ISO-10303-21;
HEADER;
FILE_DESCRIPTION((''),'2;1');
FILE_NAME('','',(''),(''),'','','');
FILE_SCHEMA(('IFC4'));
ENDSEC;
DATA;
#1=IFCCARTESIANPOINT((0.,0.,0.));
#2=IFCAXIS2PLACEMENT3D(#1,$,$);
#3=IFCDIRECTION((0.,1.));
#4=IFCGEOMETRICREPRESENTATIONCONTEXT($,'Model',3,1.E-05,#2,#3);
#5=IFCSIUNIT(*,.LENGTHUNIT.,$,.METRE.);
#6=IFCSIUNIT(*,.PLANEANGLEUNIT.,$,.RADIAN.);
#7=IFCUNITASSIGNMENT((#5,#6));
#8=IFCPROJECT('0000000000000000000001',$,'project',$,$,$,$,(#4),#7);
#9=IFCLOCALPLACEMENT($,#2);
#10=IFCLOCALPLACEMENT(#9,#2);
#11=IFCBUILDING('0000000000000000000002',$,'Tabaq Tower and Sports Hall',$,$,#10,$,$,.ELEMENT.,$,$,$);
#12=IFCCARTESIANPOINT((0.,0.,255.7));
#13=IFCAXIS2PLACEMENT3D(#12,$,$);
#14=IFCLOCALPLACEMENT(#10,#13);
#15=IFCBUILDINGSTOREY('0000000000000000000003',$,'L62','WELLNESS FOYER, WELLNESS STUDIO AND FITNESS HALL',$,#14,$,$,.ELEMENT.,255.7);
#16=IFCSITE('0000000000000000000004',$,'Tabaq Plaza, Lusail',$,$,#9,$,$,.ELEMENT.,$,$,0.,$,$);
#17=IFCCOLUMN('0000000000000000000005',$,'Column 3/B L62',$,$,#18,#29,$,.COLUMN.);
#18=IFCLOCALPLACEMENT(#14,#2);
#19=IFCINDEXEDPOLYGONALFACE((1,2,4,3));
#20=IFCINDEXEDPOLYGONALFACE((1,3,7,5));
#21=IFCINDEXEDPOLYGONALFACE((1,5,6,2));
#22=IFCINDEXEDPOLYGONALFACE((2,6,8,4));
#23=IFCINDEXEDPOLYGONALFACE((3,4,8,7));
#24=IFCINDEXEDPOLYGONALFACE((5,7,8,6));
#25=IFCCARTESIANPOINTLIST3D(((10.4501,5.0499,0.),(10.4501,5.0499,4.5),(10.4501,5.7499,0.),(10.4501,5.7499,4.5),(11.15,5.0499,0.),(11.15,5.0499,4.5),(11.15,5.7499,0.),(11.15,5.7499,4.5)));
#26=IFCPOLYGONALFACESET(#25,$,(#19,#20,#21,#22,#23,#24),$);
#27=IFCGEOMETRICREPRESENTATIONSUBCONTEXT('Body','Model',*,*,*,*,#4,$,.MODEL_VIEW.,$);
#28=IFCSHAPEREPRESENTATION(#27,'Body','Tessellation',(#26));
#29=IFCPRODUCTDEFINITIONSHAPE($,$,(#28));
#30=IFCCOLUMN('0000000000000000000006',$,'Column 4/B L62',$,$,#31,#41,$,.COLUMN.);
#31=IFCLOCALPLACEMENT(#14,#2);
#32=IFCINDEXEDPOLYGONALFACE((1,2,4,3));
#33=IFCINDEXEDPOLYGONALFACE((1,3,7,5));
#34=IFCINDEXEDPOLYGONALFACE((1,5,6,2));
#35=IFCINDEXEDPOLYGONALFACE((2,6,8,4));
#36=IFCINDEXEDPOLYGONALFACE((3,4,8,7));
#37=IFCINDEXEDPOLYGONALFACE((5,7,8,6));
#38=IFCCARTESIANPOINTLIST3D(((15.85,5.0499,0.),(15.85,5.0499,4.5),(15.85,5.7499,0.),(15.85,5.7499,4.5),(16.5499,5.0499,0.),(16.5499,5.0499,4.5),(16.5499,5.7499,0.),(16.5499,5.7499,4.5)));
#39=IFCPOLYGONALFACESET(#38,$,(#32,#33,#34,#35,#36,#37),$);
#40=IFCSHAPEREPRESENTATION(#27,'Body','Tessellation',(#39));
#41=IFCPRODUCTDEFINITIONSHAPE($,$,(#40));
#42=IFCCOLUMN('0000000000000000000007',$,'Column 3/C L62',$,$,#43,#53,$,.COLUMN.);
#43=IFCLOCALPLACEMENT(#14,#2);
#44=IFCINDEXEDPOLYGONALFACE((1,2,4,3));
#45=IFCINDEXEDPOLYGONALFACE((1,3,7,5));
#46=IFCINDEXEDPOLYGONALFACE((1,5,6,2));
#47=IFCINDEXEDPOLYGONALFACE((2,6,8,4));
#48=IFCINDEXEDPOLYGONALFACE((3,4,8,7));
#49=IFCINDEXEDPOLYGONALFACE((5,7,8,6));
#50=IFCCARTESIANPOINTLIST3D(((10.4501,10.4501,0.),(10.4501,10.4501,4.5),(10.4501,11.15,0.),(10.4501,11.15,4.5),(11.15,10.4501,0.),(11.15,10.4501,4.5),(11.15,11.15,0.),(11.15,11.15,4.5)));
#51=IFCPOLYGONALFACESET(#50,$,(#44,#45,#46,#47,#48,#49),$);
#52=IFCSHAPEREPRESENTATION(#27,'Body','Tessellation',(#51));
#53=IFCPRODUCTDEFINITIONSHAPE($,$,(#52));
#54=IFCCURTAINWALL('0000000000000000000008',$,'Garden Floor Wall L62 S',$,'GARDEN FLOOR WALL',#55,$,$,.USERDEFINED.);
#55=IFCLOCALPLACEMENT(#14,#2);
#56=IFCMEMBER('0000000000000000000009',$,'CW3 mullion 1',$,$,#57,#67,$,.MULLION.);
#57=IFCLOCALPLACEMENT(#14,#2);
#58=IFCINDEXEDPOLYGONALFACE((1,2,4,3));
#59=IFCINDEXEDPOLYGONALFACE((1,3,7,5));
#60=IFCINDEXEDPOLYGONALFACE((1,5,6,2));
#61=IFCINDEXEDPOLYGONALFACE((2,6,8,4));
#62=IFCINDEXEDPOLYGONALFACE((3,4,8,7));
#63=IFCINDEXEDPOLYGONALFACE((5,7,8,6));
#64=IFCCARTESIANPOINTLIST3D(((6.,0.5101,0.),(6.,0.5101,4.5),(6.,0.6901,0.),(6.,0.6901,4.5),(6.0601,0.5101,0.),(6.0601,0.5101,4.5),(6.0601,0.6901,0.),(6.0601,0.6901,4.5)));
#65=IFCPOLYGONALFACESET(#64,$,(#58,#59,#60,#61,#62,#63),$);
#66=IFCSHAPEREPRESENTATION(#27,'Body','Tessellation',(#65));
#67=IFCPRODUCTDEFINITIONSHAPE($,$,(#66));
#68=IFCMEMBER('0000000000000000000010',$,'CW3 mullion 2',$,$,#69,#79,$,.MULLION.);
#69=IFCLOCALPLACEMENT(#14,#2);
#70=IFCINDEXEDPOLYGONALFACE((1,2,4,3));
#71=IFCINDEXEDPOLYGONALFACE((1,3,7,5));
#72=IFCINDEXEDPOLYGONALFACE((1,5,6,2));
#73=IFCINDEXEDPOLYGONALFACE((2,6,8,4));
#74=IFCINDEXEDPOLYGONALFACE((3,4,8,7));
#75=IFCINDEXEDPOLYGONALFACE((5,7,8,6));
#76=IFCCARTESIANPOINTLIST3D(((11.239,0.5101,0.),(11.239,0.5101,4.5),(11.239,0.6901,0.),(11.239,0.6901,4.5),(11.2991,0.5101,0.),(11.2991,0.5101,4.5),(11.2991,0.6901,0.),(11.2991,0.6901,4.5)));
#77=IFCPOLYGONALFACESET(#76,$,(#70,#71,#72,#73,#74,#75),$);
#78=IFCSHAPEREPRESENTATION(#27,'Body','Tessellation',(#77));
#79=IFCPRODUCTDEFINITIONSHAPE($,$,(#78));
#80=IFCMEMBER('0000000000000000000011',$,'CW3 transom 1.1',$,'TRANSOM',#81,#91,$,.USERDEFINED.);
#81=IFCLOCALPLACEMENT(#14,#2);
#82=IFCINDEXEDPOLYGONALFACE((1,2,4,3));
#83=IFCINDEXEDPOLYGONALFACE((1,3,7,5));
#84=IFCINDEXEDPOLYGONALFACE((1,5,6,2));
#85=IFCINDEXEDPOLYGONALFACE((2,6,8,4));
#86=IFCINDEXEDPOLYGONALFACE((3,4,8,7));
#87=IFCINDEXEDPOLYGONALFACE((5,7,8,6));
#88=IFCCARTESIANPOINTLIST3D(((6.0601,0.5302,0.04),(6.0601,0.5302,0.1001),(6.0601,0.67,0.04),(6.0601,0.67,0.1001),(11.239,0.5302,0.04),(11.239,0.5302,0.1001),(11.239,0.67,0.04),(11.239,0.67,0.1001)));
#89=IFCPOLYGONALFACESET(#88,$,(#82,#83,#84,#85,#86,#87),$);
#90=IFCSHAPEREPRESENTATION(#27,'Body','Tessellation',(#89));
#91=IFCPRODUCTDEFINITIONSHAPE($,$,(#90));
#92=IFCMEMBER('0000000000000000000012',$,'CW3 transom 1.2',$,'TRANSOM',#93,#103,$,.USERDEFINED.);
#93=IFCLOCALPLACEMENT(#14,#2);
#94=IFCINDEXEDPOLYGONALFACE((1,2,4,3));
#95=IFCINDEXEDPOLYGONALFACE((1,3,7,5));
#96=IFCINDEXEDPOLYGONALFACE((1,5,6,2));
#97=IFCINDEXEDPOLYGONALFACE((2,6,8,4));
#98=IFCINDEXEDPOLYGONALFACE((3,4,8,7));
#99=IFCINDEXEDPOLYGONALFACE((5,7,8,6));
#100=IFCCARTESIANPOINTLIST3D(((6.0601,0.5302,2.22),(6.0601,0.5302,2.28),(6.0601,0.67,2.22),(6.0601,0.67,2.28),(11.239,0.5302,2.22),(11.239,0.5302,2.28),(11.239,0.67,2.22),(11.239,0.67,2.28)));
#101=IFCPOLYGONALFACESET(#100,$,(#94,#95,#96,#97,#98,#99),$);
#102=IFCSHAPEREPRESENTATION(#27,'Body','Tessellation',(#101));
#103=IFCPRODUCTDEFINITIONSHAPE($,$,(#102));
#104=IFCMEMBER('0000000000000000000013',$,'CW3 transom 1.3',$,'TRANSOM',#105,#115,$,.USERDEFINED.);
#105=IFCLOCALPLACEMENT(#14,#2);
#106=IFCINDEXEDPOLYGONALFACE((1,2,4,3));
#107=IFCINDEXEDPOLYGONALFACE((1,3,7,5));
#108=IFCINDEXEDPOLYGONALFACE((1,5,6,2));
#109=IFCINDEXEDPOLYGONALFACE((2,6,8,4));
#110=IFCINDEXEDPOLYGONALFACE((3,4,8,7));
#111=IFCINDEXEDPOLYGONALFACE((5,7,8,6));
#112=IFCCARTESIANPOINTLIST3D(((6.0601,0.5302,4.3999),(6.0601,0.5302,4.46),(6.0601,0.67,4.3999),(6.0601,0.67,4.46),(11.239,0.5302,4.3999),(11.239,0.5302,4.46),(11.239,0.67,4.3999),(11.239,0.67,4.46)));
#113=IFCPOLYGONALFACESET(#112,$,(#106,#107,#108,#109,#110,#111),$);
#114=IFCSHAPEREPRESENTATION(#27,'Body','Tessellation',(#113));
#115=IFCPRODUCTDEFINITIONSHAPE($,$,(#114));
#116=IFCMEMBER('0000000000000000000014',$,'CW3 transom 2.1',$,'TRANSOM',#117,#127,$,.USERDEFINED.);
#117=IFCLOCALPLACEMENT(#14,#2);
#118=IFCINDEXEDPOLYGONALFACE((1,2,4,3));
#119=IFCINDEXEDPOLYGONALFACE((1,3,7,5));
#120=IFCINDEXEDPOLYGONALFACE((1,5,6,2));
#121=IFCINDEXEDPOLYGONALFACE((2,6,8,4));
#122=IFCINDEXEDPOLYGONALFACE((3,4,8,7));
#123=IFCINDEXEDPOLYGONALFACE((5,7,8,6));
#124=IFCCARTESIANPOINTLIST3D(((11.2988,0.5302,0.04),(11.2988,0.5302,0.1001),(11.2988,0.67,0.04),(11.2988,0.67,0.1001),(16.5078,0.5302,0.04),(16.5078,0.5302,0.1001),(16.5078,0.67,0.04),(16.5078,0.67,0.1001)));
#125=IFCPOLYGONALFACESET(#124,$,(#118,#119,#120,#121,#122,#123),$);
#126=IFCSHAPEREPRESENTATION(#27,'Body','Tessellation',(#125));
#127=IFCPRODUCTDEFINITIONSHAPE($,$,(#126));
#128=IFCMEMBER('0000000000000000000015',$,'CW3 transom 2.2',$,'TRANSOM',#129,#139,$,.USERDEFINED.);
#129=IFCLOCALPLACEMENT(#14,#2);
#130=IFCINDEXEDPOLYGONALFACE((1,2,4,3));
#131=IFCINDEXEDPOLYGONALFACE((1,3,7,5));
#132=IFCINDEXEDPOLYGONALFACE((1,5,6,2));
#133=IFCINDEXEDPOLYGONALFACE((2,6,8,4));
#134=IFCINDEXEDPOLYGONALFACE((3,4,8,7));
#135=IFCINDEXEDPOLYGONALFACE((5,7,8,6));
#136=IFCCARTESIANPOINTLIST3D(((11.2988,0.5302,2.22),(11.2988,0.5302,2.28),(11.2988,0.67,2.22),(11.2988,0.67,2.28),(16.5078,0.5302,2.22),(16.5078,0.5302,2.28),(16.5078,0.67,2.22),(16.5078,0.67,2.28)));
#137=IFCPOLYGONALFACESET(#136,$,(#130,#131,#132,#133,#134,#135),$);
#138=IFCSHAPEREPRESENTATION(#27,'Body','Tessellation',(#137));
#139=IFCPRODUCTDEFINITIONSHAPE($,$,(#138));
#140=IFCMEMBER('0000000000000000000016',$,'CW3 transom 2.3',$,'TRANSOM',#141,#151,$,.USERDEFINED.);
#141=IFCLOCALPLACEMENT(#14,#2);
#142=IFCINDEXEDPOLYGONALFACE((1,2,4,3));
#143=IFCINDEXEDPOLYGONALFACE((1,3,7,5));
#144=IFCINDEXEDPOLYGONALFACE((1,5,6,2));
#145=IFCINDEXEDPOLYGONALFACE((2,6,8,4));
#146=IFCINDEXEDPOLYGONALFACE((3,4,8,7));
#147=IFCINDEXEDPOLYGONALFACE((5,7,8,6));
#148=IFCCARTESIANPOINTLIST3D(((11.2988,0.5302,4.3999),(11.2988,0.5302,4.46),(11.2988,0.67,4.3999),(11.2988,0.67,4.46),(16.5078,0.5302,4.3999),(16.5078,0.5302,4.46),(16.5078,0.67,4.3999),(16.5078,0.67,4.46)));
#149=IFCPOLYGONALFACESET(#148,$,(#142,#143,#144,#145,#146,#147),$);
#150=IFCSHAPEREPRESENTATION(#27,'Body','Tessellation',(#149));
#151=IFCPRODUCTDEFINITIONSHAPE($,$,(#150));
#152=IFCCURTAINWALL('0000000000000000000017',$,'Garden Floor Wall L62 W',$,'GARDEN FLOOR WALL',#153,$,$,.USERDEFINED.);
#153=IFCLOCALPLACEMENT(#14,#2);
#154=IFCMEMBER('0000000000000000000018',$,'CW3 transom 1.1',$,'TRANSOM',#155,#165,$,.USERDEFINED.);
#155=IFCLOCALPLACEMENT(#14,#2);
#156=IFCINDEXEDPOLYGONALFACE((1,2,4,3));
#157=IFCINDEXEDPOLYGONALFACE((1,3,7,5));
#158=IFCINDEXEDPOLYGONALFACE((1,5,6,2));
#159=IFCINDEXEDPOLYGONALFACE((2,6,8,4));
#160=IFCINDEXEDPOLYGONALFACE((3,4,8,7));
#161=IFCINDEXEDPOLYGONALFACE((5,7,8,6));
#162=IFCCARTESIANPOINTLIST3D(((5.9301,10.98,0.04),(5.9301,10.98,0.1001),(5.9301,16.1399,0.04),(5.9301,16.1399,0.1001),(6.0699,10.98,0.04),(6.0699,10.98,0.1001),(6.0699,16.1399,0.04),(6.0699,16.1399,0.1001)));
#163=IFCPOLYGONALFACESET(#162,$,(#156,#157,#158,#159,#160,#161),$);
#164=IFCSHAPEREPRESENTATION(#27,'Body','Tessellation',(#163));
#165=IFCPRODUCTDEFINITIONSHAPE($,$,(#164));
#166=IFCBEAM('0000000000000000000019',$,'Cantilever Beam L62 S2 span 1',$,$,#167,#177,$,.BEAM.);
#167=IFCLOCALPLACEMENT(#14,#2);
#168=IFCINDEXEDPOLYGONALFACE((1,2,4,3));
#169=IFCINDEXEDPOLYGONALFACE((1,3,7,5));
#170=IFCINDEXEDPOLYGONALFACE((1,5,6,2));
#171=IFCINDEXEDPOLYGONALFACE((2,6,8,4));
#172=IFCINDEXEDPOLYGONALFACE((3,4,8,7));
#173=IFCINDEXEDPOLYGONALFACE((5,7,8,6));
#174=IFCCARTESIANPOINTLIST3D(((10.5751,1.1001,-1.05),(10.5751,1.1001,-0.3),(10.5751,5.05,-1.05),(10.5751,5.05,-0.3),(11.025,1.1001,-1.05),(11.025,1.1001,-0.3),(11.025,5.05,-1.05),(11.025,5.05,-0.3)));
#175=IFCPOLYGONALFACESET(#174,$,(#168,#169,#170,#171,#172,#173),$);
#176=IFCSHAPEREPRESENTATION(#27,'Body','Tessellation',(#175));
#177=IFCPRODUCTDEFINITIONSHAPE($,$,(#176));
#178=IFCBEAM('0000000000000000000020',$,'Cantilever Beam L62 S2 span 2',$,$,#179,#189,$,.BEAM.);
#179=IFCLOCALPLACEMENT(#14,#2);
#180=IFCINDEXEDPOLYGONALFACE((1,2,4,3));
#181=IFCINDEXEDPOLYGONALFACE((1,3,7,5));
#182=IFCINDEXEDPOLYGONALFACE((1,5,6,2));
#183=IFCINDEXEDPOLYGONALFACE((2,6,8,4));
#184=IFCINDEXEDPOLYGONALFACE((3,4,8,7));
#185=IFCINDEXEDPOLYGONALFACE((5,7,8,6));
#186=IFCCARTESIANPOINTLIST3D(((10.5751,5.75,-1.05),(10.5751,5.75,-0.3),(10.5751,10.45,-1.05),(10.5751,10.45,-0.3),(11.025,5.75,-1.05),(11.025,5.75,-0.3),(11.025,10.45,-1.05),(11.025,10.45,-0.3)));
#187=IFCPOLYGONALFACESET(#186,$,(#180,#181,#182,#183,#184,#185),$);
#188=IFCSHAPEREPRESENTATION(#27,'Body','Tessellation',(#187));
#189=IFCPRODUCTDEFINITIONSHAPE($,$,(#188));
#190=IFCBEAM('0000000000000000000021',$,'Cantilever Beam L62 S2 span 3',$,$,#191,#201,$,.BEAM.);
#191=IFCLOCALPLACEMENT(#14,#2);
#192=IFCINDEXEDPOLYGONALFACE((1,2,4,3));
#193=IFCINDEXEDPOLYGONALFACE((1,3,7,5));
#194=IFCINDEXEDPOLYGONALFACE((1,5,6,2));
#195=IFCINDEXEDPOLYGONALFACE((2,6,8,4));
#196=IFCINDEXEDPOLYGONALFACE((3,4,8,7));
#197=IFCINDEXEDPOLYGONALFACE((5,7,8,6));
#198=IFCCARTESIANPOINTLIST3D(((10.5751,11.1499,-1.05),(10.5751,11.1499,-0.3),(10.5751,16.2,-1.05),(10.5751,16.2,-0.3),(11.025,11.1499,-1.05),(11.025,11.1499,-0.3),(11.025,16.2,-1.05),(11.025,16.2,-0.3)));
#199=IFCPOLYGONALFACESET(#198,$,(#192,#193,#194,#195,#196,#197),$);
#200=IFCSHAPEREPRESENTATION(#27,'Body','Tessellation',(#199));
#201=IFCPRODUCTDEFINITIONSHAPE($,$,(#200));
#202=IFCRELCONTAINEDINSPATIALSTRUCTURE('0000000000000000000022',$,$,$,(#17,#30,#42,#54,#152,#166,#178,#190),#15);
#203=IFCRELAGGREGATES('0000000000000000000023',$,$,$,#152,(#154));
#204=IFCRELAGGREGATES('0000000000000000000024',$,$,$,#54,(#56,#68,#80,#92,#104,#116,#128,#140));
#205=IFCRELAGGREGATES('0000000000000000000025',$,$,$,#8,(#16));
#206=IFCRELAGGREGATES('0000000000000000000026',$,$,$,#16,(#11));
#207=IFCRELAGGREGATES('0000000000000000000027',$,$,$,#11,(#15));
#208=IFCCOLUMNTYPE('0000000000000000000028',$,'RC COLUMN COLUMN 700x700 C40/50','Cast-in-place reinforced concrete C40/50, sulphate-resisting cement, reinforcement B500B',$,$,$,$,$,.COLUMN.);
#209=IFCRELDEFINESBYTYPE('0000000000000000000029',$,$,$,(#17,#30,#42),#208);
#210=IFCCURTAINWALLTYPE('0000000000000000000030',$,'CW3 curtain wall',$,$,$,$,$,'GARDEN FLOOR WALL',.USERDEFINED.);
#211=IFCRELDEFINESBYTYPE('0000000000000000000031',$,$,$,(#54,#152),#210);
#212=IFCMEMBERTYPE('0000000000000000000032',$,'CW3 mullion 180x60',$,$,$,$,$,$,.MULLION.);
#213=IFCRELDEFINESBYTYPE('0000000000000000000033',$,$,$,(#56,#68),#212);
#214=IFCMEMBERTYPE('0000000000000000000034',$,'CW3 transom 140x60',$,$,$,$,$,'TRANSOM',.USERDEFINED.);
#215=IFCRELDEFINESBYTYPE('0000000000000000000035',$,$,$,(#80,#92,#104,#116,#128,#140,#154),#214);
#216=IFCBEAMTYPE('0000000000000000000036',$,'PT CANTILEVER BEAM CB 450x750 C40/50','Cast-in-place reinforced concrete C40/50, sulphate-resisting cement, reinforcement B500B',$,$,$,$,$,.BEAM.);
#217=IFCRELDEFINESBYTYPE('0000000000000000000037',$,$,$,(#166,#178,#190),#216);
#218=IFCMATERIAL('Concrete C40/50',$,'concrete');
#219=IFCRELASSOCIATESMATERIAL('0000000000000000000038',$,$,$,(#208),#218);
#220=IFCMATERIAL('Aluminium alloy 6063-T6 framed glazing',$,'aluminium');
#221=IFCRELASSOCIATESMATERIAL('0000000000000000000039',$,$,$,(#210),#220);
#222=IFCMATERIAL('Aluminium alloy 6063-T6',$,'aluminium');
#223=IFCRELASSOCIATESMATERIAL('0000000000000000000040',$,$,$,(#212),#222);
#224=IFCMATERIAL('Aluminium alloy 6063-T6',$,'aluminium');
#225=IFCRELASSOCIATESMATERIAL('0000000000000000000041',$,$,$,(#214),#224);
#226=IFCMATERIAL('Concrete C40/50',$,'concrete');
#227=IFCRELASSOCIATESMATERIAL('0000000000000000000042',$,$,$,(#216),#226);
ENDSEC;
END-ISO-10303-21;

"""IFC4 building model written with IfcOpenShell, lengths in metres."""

from ifc_helpers import new_model, si_unit, direction, frame, origin, origin_2d, place, context, subcontext, project, spatial, rectangle, extrude, material, material_profile, profile_set, type_object, element, aggregate, save


model = new_model("IFC4")

# Units and contexts
model_context = context("Model", 3, precision=1e-05, world=origin(), true_north=direction((0.0, 1.0)))
body_context = subcontext(model_context, "Body", "Model", "MODEL_VIEW")
ifc_project = project(units=[si_unit("LENGTHUNIT", "METRE"), si_unit("PLANEANGLEUNIT", "RADIAN")], contexts=[model_context])

# Site, building, storey
site_placement = place(None, origin())
site = spatial("IfcSite", under=ifc_project, at=site_placement, Name="Tabaq Plaza, Lusail", CompositionType="ELEMENT", RefElevation=0.0)
building_placement = place(site_placement, origin())
building = spatial("IfcBuilding", under=site, at=building_placement, Name="Tabaq Tower and Sports Hall", CompositionType="ELEMENT")
storey_placement = place(building_placement, frame((0.0, 0.0, 255.7)))
storey = spatial("IfcBuildingStorey", under=building, at=storey_placement, Name="L62", Description="WELLNESS FOYER, WELLNESS STUDIO AND FITNESS HALL", CompositionType="ELEMENT", Elevation=255.7)

# Columns
ifc_material_1 = material(Name="Concrete C40/50", Category="concrete")
ifc_material_profile_1 = material_profile(ifc_material_1, rectangle(XDim=0.7, YDim=0.7, at=origin_2d()), Name="COLUMN 700x700")
ifc_profile_set_1 = profile_set([ifc_material_profile_1], Name="Concrete C40/50")
column_type = type_object("IfcColumnType", Name="RC COLUMN COLUMN 700x700 C40/50", Description="Cast-in-place reinforced concrete C40/50, sulphate-resisting cement, reinforcement B500B", PredefinedType="COLUMN", material=ifc_profile_set_1)
for number, where, z_axis, x_axis, name in (
    (1, (10.8, 5.3999, 0.0), (0.0, 0.0, 1.0), (1.0, 0.0, 0.0), "Column 3/B L62"),
    (2, (16.2, 5.3999, 0.0), (0.0, 0.0, 1.0), (1.0, 0.0, 0.0), "Column 4/B L62"),
    (3, (10.8, 10.8, 0.0), (0.0, 0.0, 1.0), (1.0, 0.0, 0.0), "Column 3/C L62"),
):
    element("IfcColumn", number, at=place(storey_placement, frame(where, z_axis=z_axis, x_axis=x_axis)), inside=storey, type_object=column_type, Name=name, PredefinedType="COLUMN", context=body_context, shape_type="SweptSolid", body=[
        extrude(rectangle(XDim=0.7, YDim=0.7, at=origin_2d()), origin(), (0.0, 0.0, 1.0), 4.5),
    ])

# Curtain wall, members
ifc_material_2 = material(Name="Aluminium alloy 6063-T6 framed glazing", Category="aluminium")
curtain_wall_type = type_object("IfcCurtainWallType", Name="CW3 curtain wall", ElementType="GARDEN FLOOR WALL", PredefinedType="USERDEFINED", material=ifc_material_2)
curtain_wall_1_placement = place(storey_placement, origin())
curtain_wall_1 = element("IfcCurtainWall", 4, at=curtain_wall_1_placement, inside=storey, type_object=curtain_wall_type, Name="Garden Floor Wall L62 S", ObjectType="GARDEN FLOOR WALL", PredefinedType="USERDEFINED")
ifc_material_3 = material(Name="Aluminium alloy 6063-T6", Category="aluminium")
ifc_material_profile_2 = material_profile(ifc_material_3, rectangle(XDim=0.1799, YDim=0.0601, at=origin_2d()), Name="MULLION 180x60")
ifc_profile_set_2 = profile_set([ifc_material_profile_2], Name="Aluminium alloy 6063-T6")
member_type_1 = type_object("IfcMemberType", Name="CW3 mullion 180x60", PredefinedType="MULLION", material=ifc_profile_set_2)
member_1_placement = place(storey_placement, frame((6.03, 0.6001, 0.0), z_axis=(0.0, 0.0, 1.0), x_axis=(0.0, 1.0, 0.0)))
member_1 = element("IfcMember", 5, at=member_1_placement, type_object=member_type_1, Name="CW3 mullion 1", PredefinedType="MULLION", context=body_context, shape_type="SweptSolid", body=[
    extrude(rectangle(XDim=0.1799, YDim=0.0601, at=origin_2d()), origin(), (0.0, 0.0, 1.0), 4.5),
])
member_2_placement = place(storey_placement, frame((11.269, 0.6001, 0.0), z_axis=(0.0, 0.0, 1.0), x_axis=(0.0, 1.0, 0.0)))
member_2 = element("IfcMember", 6, at=member_2_placement, type_object=member_type_1, Name="CW3 mullion 2", PredefinedType="MULLION", context=body_context, shape_type="SweptSolid", body=[
    extrude(rectangle(XDim=0.1799, YDim=0.0601, at=origin_2d()), origin(), (0.0, 0.0, 1.0), 4.5),
])
ifc_material_4 = material(Name="Aluminium alloy 6063-T6", Category="aluminium")
ifc_material_profile_3 = material_profile(ifc_material_4, rectangle(XDim=0.1399, YDim=0.0601, at=origin_2d()), Name="TRANSOM 140x60")
ifc_profile_set_3 = profile_set([ifc_material_profile_3], Name="Aluminium alloy 6063-T6")
member_type_2 = type_object("IfcMemberType", Name="CW3 transom 140x60", ElementType="TRANSOM", PredefinedType="USERDEFINED", material=ifc_profile_set_3)
member_3_placement = place(storey_placement, frame((6.0601, 0.6001, 0.0701), z_axis=(1.0, 0.0, 0.0), x_axis=(0.0, 1.0, 0.0)))
member_3 = element("IfcMember", 7, at=member_3_placement, type_object=member_type_2, Name="CW3 transom 1.1", ObjectType="TRANSOM", PredefinedType="USERDEFINED", context=body_context, shape_type="SweptSolid", body=[
    extrude(rectangle(XDim=0.1399, YDim=0.0601, at=origin_2d()), origin(), (0.0, 0.0, 1.0), 5.179),
])
member_4_placement = place(storey_placement, frame((6.0601, 0.6001, 2.25), z_axis=(1.0, 0.0, 0.0), x_axis=(0.0, 1.0, 0.0)))
member_4 = element("IfcMember", 8, at=member_4_placement, type_object=member_type_2, Name="CW3 transom 1.2", ObjectType="TRANSOM", PredefinedType="USERDEFINED", context=body_context, shape_type="SweptSolid", body=[
    extrude(rectangle(XDim=0.1399, YDim=0.0601, at=origin_2d()), origin(), (0.0, 0.0, 1.0), 5.179),
])
member_5_placement = place(storey_placement, frame((6.0601, 0.6001, 4.4299), z_axis=(1.0, 0.0, 0.0), x_axis=(0.0, 1.0, 0.0)))
member_5 = element("IfcMember", 9, at=member_5_placement, type_object=member_type_2, Name="CW3 transom 1.3", ObjectType="TRANSOM", PredefinedType="USERDEFINED", context=body_context, shape_type="SweptSolid", body=[
    extrude(rectangle(XDim=0.1399, YDim=0.0601, at=origin_2d()), origin(), (0.0, 0.0, 1.0), 5.179),
])
member_6_placement = place(storey_placement, frame((11.2988, 0.6001, 0.0701), z_axis=(1.0, 0.0, 0.0), x_axis=(0.0, 1.0, 0.0)))
member_6 = element("IfcMember", 10, at=member_6_placement, type_object=member_type_2, Name="CW3 transom 2.1", ObjectType="TRANSOM", PredefinedType="USERDEFINED", context=body_context, shape_type="SweptSolid", body=[
    extrude(rectangle(XDim=0.1399, YDim=0.0601, at=origin_2d()), origin(), (0.0, 0.0, 1.0), 5.209),
])
member_7_placement = place(storey_placement, frame((11.2988, 0.6001, 2.25), z_axis=(1.0, 0.0, 0.0), x_axis=(0.0, 1.0, 0.0)))
member_7 = element("IfcMember", 11, at=member_7_placement, type_object=member_type_2, Name="CW3 transom 2.2", ObjectType="TRANSOM", PredefinedType="USERDEFINED", context=body_context, shape_type="SweptSolid", body=[
    extrude(rectangle(XDim=0.1399, YDim=0.0601, at=origin_2d()), origin(), (0.0, 0.0, 1.0), 5.209),
])
member_8_placement = place(storey_placement, frame((11.2988, 0.6001, 4.4299), z_axis=(1.0, 0.0, 0.0), x_axis=(0.0, 1.0, 0.0)))
member_8 = element("IfcMember", 12, at=member_8_placement, type_object=member_type_2, Name="CW3 transom 2.3", ObjectType="TRANSOM", PredefinedType="USERDEFINED", context=body_context, shape_type="SweptSolid", body=[
    extrude(rectangle(XDim=0.1399, YDim=0.0601, at=origin_2d()), origin(), (0.0, 0.0, 1.0), 5.209),
])

# Curtain wall, member
curtain_wall_2_placement = place(storey_placement, origin())
curtain_wall_2 = element("IfcCurtainWall", 13, at=curtain_wall_2_placement, inside=storey, type_object=curtain_wall_type, Name="Garden Floor Wall L62 W", ObjectType="GARDEN FLOOR WALL", PredefinedType="USERDEFINED")
member_9_placement = place(storey_placement, frame((6.0, 16.1399, 0.0701), z_axis=(0.0, -1.0, 0.0), x_axis=(1.0, 0.0, 0.0)))
member_9 = element("IfcMember", 14, at=member_9_placement, type_object=member_type_2, Name="CW3 transom 1.1", ObjectType="TRANSOM", PredefinedType="USERDEFINED", context=body_context, shape_type="SweptSolid", body=[
    extrude(rectangle(XDim=0.1399, YDim=0.0601, at=origin_2d()), origin(), (0.0, 0.0, 1.0), 5.1599),
])
aggregate(curtain_wall_2, [member_9])

# Beams
ifc_material_5 = material(Name="Concrete C40/50", Category="concrete")
ifc_material_profile_4 = material_profile(ifc_material_5, rectangle(XDim=0.45, YDim=0.75, at=origin_2d()), Name="CB 450x750")
ifc_profile_set_4 = profile_set([ifc_material_profile_4], Name="Concrete C40/50")
beam_type = type_object("IfcBeamType", Name="PT CANTILEVER BEAM CB 450x750 C40/50", Description="Cast-in-place reinforced concrete C40/50, sulphate-resisting cement, reinforcement B500B", PredefinedType="BEAM", material=ifc_profile_set_4)
beam_1_placement = place(storey_placement, frame((10.8, 1.1001, -0.675), z_axis=(0.0, 1.0, 0.0), x_axis=(-1.0, 0.0, 0.0)))
element("IfcBeam", 15, at=beam_1_placement, inside=storey, type_object=beam_type, Name="Cantilever Beam L62 S2 span 1", PredefinedType="BEAM", context=body_context, shape_type="SweptSolid", body=[
    extrude(rectangle(XDim=0.45, YDim=0.75, at=origin_2d()), origin(), (0.0, 0.0, 1.0), 3.95),
])
beam_2_placement = place(storey_placement, frame((10.8, 5.75, -0.675), z_axis=(0.0, 1.0, 0.0), x_axis=(-1.0, 0.0, 0.0)))
element("IfcBeam", 16, at=beam_2_placement, inside=storey, type_object=beam_type, Name="Cantilever Beam L62 S2 span 2", PredefinedType="BEAM", context=body_context, shape_type="SweptSolid", body=[
    extrude(rectangle(XDim=0.45, YDim=0.75, at=origin_2d()), origin(), (0.0, 0.0, 1.0), 4.7),
])
beam_3_placement = place(storey_placement, frame((10.8, 11.1499, -0.675), z_axis=(0.0, 1.0, 0.0), x_axis=(-1.0, 0.0, 0.0)))
element("IfcBeam", 17, at=beam_3_placement, inside=storey, type_object=beam_type, Name="Cantilever Beam L62 S2 span 3", PredefinedType="BEAM", context=body_context, shape_type="SweptSolid", body=[
    extrude(rectangle(XDim=0.45, YDim=0.75, at=origin_2d()), origin(), (0.0, 0.0, 1.0), 5.05),
])

aggregate(curtain_wall_1, [member_1, member_2, member_3, member_4, member_5, member_6, member_7, member_8])

save(model, "model.ifc")
